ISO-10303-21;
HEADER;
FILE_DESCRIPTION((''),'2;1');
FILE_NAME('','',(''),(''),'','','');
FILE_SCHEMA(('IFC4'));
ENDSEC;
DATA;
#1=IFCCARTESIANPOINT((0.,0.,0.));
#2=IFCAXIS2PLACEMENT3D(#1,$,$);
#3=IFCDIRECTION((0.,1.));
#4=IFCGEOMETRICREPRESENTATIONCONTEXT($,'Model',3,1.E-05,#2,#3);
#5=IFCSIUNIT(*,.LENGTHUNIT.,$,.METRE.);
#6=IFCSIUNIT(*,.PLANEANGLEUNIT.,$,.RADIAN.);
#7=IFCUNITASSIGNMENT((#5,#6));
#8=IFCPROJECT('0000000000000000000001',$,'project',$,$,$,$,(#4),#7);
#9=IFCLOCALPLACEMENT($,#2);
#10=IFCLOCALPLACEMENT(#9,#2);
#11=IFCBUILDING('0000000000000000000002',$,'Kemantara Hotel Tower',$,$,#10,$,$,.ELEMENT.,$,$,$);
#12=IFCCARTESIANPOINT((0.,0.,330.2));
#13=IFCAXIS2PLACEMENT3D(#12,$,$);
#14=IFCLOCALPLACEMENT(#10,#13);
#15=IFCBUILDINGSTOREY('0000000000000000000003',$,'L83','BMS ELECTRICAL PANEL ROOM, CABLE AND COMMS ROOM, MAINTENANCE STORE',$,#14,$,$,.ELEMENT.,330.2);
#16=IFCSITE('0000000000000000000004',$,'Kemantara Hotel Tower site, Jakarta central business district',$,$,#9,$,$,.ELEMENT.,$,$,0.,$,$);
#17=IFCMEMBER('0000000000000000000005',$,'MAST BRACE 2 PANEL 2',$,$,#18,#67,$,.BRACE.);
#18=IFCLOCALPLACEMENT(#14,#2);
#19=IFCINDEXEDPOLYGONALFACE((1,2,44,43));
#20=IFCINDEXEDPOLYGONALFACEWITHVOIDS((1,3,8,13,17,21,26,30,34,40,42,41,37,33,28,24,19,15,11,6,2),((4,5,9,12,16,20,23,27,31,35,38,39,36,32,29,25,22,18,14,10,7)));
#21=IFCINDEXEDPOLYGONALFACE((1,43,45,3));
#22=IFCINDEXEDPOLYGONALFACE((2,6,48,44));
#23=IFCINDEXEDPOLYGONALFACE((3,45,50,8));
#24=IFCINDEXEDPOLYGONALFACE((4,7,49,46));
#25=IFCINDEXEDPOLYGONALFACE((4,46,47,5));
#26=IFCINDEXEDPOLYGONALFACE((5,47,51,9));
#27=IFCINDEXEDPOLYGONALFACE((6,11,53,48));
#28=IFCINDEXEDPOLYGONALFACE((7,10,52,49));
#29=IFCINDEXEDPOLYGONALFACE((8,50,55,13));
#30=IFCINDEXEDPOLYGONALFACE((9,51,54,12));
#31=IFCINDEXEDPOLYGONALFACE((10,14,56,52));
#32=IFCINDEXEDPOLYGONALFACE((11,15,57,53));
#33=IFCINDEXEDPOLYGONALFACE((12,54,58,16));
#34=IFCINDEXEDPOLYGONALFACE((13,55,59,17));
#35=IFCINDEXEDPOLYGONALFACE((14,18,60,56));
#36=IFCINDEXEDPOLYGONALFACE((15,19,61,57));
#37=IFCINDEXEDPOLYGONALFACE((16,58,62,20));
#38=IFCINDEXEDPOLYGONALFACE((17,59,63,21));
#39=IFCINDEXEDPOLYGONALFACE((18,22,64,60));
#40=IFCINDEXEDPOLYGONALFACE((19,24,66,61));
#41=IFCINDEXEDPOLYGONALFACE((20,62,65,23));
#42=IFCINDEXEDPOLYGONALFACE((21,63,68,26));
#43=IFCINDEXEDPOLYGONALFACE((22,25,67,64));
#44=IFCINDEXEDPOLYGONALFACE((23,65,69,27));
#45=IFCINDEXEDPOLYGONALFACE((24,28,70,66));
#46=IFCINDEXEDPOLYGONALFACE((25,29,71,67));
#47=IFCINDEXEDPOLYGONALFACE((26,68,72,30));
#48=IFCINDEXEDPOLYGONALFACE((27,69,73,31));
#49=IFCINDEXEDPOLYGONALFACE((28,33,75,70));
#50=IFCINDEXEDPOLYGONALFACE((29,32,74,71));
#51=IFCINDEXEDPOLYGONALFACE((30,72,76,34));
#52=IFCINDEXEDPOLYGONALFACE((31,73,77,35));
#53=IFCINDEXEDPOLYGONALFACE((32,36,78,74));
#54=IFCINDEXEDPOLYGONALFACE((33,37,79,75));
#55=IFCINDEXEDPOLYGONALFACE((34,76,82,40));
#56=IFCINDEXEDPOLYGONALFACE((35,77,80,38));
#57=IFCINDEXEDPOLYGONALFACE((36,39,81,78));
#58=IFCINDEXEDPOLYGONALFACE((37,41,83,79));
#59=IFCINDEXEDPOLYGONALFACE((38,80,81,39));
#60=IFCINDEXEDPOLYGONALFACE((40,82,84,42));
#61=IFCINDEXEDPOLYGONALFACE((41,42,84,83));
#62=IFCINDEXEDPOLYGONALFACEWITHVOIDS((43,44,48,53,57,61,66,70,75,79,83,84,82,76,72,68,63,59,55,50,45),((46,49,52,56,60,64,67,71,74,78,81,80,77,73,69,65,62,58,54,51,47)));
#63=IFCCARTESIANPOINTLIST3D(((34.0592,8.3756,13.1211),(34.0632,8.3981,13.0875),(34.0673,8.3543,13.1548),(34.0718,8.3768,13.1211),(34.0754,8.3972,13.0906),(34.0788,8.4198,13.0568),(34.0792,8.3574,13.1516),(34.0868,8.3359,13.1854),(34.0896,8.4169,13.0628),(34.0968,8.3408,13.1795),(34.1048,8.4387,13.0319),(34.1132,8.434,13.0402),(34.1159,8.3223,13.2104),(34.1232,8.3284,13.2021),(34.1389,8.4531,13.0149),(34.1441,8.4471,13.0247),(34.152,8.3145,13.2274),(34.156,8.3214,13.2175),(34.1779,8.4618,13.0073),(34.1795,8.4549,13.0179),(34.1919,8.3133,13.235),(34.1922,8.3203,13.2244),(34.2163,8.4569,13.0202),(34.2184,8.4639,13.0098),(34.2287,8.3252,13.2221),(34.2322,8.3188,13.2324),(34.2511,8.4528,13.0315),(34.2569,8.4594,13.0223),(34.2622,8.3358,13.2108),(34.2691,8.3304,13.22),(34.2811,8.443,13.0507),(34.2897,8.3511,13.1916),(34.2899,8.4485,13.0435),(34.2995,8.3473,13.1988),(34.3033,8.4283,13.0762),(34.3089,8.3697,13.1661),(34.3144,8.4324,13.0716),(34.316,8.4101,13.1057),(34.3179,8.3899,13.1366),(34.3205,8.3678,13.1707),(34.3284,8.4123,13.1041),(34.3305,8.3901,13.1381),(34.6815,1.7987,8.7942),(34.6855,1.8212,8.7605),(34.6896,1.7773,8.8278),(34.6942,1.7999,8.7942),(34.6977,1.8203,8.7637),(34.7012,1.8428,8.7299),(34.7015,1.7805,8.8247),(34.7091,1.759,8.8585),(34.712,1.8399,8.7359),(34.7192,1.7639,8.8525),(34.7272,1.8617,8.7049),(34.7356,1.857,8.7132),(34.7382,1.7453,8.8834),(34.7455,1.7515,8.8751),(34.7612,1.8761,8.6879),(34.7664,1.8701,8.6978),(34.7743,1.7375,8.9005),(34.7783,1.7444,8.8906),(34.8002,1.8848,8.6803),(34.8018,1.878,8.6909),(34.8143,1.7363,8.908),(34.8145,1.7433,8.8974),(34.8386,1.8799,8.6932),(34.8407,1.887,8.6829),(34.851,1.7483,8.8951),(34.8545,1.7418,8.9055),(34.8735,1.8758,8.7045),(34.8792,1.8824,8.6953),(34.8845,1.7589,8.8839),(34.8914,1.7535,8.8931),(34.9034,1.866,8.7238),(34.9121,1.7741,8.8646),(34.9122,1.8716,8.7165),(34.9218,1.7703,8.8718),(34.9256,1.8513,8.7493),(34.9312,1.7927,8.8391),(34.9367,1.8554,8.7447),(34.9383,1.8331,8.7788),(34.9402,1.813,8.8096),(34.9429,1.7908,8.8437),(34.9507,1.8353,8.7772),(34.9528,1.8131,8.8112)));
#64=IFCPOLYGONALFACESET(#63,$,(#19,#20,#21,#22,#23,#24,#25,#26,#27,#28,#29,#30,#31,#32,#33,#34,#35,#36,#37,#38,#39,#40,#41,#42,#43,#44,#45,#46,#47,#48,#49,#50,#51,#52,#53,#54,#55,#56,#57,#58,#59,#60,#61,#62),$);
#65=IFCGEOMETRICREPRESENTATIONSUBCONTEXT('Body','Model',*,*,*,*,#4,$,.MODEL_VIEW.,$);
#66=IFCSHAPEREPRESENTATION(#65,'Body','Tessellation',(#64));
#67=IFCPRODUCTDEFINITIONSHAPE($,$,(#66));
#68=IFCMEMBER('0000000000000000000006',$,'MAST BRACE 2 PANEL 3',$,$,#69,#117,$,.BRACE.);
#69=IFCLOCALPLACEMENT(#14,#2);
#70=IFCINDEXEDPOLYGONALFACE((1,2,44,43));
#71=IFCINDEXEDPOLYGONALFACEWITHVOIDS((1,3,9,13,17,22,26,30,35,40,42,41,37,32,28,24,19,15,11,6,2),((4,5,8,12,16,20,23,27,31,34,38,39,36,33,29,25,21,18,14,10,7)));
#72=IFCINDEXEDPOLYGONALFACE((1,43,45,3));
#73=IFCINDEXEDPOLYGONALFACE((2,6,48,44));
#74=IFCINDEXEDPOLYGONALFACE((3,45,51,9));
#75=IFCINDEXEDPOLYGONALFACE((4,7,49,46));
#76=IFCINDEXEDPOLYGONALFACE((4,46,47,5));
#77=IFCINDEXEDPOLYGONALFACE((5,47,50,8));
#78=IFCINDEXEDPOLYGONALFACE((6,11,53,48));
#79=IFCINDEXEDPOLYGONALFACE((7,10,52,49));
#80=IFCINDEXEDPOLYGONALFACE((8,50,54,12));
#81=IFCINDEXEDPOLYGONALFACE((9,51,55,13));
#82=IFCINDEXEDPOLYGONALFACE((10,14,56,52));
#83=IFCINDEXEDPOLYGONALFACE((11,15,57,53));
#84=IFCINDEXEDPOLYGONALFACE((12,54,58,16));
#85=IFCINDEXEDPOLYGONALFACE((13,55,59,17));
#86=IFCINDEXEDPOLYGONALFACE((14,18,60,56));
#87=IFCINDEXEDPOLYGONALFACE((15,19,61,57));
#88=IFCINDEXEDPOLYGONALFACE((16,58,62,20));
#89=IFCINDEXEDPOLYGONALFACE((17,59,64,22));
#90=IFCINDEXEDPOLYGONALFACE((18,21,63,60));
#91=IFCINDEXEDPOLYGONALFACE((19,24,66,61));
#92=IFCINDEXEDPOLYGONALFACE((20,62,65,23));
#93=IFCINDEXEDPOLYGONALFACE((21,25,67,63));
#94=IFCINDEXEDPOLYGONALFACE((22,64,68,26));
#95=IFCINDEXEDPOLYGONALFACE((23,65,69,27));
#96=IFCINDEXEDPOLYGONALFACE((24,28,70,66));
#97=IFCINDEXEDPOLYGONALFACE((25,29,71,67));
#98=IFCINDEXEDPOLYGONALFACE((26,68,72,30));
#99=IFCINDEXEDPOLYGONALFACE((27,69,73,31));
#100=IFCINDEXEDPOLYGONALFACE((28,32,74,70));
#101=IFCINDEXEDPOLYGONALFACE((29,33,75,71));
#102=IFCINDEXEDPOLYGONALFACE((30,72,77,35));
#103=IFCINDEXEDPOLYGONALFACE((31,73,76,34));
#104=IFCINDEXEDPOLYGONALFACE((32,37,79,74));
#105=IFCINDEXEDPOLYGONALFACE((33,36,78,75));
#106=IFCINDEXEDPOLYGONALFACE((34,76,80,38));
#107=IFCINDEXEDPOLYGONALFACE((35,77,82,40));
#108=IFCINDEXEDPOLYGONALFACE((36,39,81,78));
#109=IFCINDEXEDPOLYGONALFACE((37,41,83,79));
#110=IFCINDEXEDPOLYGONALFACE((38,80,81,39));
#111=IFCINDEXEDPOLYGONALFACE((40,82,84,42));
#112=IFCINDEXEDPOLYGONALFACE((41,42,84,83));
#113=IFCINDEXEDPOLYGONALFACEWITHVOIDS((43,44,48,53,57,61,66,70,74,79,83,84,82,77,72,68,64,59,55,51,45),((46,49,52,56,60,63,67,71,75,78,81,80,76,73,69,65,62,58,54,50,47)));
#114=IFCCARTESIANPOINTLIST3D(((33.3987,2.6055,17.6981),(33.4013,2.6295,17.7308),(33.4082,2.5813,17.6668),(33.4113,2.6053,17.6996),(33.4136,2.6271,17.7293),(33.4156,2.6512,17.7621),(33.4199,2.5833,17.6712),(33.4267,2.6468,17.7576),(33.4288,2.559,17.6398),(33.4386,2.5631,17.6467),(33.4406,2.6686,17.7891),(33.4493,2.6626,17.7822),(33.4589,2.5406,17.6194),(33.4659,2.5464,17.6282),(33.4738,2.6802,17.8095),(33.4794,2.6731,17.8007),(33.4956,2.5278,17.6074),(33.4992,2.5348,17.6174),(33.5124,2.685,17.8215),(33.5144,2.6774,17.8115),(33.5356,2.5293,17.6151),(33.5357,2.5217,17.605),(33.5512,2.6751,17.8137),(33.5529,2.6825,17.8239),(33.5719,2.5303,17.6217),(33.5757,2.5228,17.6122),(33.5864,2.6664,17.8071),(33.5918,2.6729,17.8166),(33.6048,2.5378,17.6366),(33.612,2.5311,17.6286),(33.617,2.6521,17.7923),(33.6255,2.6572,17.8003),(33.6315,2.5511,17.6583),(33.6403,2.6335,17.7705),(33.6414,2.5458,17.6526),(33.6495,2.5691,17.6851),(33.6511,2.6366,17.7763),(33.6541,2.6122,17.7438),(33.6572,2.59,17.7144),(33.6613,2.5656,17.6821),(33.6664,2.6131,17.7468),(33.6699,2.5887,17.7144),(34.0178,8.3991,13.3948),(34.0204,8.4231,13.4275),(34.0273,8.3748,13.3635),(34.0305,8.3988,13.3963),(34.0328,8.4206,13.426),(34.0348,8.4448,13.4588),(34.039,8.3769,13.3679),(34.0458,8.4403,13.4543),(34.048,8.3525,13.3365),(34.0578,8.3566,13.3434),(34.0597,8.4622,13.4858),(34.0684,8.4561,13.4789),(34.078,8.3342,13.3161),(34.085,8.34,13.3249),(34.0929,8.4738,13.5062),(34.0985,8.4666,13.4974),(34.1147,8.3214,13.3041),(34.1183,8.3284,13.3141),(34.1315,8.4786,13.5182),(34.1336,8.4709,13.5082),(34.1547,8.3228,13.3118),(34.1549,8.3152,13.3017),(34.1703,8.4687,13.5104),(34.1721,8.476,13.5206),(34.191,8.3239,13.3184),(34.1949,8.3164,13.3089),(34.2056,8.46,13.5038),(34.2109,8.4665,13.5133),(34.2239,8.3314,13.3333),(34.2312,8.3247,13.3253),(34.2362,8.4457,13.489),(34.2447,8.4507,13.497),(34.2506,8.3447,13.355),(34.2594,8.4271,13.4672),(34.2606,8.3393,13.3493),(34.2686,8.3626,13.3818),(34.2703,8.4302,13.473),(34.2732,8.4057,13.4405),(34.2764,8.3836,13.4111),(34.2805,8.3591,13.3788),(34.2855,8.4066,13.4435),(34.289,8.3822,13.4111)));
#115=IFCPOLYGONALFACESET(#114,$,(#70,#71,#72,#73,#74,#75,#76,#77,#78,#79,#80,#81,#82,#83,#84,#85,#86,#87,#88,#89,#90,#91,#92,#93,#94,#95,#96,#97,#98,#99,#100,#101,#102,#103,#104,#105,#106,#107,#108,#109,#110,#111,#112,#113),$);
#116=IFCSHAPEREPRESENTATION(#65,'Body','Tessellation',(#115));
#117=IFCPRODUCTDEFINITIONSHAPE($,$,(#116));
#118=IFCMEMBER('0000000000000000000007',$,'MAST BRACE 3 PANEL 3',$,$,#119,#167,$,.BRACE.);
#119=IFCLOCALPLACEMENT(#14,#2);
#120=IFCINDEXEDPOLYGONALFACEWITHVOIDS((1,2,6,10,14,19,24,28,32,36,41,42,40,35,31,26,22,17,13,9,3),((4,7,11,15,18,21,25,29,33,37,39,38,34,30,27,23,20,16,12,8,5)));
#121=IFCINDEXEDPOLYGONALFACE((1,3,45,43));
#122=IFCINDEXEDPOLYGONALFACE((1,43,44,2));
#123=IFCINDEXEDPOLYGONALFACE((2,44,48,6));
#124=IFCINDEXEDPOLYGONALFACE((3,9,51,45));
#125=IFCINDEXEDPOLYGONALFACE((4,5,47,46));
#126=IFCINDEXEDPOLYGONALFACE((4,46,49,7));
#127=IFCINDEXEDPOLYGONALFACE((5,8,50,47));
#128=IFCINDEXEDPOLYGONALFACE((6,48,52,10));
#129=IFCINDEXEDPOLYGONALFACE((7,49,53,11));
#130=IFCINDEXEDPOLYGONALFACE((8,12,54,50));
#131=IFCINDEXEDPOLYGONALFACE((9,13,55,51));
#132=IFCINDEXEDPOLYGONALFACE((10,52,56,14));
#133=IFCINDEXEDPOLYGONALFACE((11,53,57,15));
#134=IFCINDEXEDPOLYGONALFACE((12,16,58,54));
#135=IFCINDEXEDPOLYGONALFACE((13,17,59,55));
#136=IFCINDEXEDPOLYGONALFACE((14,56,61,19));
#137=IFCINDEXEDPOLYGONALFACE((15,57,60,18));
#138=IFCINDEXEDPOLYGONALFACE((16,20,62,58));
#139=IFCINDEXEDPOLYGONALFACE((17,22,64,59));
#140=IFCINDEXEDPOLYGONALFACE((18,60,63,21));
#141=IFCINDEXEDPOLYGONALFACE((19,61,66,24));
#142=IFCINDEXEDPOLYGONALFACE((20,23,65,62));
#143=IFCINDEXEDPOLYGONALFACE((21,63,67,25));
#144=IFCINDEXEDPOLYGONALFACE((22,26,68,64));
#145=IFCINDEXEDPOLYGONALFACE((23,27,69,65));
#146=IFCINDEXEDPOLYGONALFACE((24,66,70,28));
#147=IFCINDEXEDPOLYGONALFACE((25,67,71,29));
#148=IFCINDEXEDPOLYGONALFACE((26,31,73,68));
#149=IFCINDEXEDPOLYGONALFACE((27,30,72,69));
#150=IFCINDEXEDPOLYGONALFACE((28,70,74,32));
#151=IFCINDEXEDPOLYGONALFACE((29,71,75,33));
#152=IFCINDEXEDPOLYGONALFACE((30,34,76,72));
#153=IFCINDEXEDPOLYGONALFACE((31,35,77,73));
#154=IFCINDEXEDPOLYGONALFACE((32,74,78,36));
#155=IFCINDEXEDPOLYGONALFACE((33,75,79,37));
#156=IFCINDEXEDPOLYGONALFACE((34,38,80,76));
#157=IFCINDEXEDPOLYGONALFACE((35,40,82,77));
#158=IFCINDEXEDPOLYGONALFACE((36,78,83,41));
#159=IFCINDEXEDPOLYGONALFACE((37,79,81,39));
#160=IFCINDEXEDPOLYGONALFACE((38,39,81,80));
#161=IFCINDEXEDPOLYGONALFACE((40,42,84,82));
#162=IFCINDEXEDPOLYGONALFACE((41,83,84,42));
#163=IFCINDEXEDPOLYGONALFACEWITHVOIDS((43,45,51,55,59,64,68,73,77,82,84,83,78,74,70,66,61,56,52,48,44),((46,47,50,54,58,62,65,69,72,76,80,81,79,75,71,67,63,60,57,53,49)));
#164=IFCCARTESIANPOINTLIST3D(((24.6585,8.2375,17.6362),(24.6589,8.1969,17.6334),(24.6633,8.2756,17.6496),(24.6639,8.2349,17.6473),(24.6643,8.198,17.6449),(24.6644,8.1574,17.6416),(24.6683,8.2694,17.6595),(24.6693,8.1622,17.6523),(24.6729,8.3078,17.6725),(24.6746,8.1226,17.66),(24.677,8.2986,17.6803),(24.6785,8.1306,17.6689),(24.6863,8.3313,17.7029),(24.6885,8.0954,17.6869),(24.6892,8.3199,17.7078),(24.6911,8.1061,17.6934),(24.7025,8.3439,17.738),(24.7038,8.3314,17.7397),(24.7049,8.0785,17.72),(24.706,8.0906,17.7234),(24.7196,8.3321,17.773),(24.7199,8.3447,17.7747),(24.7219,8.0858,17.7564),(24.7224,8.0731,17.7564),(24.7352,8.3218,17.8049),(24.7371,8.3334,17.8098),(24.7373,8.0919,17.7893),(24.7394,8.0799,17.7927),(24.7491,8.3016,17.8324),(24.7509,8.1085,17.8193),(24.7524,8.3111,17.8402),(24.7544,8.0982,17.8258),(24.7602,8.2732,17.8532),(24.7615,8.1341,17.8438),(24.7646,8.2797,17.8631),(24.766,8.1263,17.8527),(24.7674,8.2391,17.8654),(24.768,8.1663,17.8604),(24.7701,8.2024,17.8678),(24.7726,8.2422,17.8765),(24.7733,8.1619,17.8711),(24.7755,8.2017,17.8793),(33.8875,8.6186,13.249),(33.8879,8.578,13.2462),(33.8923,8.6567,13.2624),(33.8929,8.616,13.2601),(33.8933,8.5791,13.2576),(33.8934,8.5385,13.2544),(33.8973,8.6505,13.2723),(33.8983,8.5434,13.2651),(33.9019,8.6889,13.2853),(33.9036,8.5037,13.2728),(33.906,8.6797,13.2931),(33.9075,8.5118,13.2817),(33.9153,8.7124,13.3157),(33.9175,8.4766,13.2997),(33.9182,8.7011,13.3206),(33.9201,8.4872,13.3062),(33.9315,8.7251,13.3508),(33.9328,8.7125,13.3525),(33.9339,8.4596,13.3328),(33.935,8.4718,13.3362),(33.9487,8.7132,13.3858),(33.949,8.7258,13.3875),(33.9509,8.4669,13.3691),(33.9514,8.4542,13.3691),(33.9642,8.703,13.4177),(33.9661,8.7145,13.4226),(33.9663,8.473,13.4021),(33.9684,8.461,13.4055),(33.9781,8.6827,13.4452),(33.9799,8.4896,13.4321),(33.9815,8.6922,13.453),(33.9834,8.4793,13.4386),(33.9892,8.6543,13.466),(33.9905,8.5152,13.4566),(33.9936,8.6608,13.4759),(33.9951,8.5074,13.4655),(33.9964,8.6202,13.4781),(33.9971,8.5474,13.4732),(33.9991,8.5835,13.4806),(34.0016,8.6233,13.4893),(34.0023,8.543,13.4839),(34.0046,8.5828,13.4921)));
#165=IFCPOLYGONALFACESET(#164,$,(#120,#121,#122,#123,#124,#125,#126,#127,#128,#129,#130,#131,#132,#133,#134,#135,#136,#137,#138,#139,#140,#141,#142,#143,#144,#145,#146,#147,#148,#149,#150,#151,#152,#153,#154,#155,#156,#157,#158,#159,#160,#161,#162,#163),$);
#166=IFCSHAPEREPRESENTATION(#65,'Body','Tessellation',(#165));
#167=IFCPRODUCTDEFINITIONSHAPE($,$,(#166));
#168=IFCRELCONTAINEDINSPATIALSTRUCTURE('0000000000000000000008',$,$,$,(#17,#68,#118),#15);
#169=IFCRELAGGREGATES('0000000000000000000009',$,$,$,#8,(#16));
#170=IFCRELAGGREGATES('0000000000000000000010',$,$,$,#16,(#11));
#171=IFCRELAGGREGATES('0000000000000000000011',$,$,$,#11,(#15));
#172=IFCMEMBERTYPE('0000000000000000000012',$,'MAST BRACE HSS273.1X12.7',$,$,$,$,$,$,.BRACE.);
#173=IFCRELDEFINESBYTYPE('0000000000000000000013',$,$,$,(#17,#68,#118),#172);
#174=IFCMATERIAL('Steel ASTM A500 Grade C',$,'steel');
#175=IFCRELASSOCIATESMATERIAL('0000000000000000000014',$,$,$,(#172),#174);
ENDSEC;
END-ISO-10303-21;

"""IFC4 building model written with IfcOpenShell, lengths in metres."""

from ifc_helpers import new_model, si_unit, direction, frame, origin, origin_2d, place, context, subcontext, project, spatial, hollow_circle, extrude, material, material_profile, profile_set, type_object, element, save


model = new_model("IFC4")

# Units and contexts
model_context = context("Model", 3, precision=1e-05, world=origin(), true_north=direction((0.0, 1.0)))
body_context = subcontext(model_context, "Body", "Model", "MODEL_VIEW")
ifc_project = project(units=[si_unit("LENGTHUNIT", "METRE"), si_unit("PLANEANGLEUNIT", "RADIAN")], contexts=[model_context])

# Site, building, storey
site_placement = place(None, origin())
site = spatial("IfcSite", under=ifc_project, at=site_placement, Name="Kemantara Hotel Tower site, Jakarta central business district", CompositionType="ELEMENT", RefElevation=0.0)
building_placement = place(site_placement, origin())
building = spatial("IfcBuilding", under=site, at=building_placement, Name="Kemantara Hotel Tower", CompositionType="ELEMENT")
storey_placement = place(building_placement, frame((0.0, 0.0, 330.2)))
storey = spatial("IfcBuildingStorey", under=building, at=storey_placement, Name="L83", Description="BMS ELECTRICAL PANEL ROOM, CABLE AND COMMS ROOM, MAINTENANCE STORE", CompositionType="ELEMENT", Elevation=330.2)

# Members
ifc_material_1 = material(Name="Steel ASTM A500 Grade C", Category="steel")
ifc_material_profile_1 = material_profile(ifc_material_1, hollow_circle(Radius=0.1365, WallThickness=0.0127, at=origin_2d()), Name="HSS273.1X12.7")
ifc_profile_set_1 = profile_set([ifc_material_profile_1], Name="Steel ASTM A500 Grade C")
member_type_1 = type_object("IfcMemberType", Name="MAST BRACE HSS273.1X12.7", PredefinedType="BRACE", material=ifc_profile_set_1)
member_1_placement = place(storey_placement, frame((34.8174, 1.8115, 8.7942), z_axis=(-0.078802, 0.83282, 0.547907), x_axis=(-0.995553, -0.0942, 0.0)))
element("IfcMember", 1, at=member_1_placement, inside=storey, type_object=member_type_1, Name="MAST BRACE 2 PANEL 2", PredefinedType="BRACE", context=body_context, shape_type="SweptSolid", body=[
    extrude(hollow_circle(Radius=0.1365, WallThickness=0.0127, at=origin_2d()), origin(), (0.0, 0.0, 1.0), 7.8972),
])
member_2_placement = place(storey_placement, frame((34.1533, 8.3967, 13.4111), z_axis=(-0.085478, -0.799838, 0.594098), x_axis=(0.994338, -0.106264, 0.0)))
element("IfcMember", 2, at=member_2_placement, inside=storey, type_object=member_type_1, Name="MAST BRACE 2 PANEL 3", PredefinedType="BRACE", context=body_context, shape_type="SweptSolid", body=[
    extrude(hollow_circle(Radius=0.1365, WallThickness=0.0127, at=origin_2d()), origin(), (0.0, 0.0, 1.0), 7.2434),
])
member_3_placement = place(storey_placement, frame((33.9458, 8.5906, 13.3691), z_axis=(-0.90252, -0.037269, 0.429032), x_axis=(0.041259, -0.999148, 0.0)))
element("IfcMember", 3, at=member_3_placement, inside=storey, type_object=member_type_1, Name="MAST BRACE 3 PANEL 3", PredefinedType="BRACE", context=body_context, shape_type="SweptSolid", body=[
    extrude(hollow_circle(Radius=0.1365, WallThickness=0.0127, at=origin_2d()), origin(), (0.0, 0.0, 1.0), 10.2258),
])

save(model, "model.ifc")
